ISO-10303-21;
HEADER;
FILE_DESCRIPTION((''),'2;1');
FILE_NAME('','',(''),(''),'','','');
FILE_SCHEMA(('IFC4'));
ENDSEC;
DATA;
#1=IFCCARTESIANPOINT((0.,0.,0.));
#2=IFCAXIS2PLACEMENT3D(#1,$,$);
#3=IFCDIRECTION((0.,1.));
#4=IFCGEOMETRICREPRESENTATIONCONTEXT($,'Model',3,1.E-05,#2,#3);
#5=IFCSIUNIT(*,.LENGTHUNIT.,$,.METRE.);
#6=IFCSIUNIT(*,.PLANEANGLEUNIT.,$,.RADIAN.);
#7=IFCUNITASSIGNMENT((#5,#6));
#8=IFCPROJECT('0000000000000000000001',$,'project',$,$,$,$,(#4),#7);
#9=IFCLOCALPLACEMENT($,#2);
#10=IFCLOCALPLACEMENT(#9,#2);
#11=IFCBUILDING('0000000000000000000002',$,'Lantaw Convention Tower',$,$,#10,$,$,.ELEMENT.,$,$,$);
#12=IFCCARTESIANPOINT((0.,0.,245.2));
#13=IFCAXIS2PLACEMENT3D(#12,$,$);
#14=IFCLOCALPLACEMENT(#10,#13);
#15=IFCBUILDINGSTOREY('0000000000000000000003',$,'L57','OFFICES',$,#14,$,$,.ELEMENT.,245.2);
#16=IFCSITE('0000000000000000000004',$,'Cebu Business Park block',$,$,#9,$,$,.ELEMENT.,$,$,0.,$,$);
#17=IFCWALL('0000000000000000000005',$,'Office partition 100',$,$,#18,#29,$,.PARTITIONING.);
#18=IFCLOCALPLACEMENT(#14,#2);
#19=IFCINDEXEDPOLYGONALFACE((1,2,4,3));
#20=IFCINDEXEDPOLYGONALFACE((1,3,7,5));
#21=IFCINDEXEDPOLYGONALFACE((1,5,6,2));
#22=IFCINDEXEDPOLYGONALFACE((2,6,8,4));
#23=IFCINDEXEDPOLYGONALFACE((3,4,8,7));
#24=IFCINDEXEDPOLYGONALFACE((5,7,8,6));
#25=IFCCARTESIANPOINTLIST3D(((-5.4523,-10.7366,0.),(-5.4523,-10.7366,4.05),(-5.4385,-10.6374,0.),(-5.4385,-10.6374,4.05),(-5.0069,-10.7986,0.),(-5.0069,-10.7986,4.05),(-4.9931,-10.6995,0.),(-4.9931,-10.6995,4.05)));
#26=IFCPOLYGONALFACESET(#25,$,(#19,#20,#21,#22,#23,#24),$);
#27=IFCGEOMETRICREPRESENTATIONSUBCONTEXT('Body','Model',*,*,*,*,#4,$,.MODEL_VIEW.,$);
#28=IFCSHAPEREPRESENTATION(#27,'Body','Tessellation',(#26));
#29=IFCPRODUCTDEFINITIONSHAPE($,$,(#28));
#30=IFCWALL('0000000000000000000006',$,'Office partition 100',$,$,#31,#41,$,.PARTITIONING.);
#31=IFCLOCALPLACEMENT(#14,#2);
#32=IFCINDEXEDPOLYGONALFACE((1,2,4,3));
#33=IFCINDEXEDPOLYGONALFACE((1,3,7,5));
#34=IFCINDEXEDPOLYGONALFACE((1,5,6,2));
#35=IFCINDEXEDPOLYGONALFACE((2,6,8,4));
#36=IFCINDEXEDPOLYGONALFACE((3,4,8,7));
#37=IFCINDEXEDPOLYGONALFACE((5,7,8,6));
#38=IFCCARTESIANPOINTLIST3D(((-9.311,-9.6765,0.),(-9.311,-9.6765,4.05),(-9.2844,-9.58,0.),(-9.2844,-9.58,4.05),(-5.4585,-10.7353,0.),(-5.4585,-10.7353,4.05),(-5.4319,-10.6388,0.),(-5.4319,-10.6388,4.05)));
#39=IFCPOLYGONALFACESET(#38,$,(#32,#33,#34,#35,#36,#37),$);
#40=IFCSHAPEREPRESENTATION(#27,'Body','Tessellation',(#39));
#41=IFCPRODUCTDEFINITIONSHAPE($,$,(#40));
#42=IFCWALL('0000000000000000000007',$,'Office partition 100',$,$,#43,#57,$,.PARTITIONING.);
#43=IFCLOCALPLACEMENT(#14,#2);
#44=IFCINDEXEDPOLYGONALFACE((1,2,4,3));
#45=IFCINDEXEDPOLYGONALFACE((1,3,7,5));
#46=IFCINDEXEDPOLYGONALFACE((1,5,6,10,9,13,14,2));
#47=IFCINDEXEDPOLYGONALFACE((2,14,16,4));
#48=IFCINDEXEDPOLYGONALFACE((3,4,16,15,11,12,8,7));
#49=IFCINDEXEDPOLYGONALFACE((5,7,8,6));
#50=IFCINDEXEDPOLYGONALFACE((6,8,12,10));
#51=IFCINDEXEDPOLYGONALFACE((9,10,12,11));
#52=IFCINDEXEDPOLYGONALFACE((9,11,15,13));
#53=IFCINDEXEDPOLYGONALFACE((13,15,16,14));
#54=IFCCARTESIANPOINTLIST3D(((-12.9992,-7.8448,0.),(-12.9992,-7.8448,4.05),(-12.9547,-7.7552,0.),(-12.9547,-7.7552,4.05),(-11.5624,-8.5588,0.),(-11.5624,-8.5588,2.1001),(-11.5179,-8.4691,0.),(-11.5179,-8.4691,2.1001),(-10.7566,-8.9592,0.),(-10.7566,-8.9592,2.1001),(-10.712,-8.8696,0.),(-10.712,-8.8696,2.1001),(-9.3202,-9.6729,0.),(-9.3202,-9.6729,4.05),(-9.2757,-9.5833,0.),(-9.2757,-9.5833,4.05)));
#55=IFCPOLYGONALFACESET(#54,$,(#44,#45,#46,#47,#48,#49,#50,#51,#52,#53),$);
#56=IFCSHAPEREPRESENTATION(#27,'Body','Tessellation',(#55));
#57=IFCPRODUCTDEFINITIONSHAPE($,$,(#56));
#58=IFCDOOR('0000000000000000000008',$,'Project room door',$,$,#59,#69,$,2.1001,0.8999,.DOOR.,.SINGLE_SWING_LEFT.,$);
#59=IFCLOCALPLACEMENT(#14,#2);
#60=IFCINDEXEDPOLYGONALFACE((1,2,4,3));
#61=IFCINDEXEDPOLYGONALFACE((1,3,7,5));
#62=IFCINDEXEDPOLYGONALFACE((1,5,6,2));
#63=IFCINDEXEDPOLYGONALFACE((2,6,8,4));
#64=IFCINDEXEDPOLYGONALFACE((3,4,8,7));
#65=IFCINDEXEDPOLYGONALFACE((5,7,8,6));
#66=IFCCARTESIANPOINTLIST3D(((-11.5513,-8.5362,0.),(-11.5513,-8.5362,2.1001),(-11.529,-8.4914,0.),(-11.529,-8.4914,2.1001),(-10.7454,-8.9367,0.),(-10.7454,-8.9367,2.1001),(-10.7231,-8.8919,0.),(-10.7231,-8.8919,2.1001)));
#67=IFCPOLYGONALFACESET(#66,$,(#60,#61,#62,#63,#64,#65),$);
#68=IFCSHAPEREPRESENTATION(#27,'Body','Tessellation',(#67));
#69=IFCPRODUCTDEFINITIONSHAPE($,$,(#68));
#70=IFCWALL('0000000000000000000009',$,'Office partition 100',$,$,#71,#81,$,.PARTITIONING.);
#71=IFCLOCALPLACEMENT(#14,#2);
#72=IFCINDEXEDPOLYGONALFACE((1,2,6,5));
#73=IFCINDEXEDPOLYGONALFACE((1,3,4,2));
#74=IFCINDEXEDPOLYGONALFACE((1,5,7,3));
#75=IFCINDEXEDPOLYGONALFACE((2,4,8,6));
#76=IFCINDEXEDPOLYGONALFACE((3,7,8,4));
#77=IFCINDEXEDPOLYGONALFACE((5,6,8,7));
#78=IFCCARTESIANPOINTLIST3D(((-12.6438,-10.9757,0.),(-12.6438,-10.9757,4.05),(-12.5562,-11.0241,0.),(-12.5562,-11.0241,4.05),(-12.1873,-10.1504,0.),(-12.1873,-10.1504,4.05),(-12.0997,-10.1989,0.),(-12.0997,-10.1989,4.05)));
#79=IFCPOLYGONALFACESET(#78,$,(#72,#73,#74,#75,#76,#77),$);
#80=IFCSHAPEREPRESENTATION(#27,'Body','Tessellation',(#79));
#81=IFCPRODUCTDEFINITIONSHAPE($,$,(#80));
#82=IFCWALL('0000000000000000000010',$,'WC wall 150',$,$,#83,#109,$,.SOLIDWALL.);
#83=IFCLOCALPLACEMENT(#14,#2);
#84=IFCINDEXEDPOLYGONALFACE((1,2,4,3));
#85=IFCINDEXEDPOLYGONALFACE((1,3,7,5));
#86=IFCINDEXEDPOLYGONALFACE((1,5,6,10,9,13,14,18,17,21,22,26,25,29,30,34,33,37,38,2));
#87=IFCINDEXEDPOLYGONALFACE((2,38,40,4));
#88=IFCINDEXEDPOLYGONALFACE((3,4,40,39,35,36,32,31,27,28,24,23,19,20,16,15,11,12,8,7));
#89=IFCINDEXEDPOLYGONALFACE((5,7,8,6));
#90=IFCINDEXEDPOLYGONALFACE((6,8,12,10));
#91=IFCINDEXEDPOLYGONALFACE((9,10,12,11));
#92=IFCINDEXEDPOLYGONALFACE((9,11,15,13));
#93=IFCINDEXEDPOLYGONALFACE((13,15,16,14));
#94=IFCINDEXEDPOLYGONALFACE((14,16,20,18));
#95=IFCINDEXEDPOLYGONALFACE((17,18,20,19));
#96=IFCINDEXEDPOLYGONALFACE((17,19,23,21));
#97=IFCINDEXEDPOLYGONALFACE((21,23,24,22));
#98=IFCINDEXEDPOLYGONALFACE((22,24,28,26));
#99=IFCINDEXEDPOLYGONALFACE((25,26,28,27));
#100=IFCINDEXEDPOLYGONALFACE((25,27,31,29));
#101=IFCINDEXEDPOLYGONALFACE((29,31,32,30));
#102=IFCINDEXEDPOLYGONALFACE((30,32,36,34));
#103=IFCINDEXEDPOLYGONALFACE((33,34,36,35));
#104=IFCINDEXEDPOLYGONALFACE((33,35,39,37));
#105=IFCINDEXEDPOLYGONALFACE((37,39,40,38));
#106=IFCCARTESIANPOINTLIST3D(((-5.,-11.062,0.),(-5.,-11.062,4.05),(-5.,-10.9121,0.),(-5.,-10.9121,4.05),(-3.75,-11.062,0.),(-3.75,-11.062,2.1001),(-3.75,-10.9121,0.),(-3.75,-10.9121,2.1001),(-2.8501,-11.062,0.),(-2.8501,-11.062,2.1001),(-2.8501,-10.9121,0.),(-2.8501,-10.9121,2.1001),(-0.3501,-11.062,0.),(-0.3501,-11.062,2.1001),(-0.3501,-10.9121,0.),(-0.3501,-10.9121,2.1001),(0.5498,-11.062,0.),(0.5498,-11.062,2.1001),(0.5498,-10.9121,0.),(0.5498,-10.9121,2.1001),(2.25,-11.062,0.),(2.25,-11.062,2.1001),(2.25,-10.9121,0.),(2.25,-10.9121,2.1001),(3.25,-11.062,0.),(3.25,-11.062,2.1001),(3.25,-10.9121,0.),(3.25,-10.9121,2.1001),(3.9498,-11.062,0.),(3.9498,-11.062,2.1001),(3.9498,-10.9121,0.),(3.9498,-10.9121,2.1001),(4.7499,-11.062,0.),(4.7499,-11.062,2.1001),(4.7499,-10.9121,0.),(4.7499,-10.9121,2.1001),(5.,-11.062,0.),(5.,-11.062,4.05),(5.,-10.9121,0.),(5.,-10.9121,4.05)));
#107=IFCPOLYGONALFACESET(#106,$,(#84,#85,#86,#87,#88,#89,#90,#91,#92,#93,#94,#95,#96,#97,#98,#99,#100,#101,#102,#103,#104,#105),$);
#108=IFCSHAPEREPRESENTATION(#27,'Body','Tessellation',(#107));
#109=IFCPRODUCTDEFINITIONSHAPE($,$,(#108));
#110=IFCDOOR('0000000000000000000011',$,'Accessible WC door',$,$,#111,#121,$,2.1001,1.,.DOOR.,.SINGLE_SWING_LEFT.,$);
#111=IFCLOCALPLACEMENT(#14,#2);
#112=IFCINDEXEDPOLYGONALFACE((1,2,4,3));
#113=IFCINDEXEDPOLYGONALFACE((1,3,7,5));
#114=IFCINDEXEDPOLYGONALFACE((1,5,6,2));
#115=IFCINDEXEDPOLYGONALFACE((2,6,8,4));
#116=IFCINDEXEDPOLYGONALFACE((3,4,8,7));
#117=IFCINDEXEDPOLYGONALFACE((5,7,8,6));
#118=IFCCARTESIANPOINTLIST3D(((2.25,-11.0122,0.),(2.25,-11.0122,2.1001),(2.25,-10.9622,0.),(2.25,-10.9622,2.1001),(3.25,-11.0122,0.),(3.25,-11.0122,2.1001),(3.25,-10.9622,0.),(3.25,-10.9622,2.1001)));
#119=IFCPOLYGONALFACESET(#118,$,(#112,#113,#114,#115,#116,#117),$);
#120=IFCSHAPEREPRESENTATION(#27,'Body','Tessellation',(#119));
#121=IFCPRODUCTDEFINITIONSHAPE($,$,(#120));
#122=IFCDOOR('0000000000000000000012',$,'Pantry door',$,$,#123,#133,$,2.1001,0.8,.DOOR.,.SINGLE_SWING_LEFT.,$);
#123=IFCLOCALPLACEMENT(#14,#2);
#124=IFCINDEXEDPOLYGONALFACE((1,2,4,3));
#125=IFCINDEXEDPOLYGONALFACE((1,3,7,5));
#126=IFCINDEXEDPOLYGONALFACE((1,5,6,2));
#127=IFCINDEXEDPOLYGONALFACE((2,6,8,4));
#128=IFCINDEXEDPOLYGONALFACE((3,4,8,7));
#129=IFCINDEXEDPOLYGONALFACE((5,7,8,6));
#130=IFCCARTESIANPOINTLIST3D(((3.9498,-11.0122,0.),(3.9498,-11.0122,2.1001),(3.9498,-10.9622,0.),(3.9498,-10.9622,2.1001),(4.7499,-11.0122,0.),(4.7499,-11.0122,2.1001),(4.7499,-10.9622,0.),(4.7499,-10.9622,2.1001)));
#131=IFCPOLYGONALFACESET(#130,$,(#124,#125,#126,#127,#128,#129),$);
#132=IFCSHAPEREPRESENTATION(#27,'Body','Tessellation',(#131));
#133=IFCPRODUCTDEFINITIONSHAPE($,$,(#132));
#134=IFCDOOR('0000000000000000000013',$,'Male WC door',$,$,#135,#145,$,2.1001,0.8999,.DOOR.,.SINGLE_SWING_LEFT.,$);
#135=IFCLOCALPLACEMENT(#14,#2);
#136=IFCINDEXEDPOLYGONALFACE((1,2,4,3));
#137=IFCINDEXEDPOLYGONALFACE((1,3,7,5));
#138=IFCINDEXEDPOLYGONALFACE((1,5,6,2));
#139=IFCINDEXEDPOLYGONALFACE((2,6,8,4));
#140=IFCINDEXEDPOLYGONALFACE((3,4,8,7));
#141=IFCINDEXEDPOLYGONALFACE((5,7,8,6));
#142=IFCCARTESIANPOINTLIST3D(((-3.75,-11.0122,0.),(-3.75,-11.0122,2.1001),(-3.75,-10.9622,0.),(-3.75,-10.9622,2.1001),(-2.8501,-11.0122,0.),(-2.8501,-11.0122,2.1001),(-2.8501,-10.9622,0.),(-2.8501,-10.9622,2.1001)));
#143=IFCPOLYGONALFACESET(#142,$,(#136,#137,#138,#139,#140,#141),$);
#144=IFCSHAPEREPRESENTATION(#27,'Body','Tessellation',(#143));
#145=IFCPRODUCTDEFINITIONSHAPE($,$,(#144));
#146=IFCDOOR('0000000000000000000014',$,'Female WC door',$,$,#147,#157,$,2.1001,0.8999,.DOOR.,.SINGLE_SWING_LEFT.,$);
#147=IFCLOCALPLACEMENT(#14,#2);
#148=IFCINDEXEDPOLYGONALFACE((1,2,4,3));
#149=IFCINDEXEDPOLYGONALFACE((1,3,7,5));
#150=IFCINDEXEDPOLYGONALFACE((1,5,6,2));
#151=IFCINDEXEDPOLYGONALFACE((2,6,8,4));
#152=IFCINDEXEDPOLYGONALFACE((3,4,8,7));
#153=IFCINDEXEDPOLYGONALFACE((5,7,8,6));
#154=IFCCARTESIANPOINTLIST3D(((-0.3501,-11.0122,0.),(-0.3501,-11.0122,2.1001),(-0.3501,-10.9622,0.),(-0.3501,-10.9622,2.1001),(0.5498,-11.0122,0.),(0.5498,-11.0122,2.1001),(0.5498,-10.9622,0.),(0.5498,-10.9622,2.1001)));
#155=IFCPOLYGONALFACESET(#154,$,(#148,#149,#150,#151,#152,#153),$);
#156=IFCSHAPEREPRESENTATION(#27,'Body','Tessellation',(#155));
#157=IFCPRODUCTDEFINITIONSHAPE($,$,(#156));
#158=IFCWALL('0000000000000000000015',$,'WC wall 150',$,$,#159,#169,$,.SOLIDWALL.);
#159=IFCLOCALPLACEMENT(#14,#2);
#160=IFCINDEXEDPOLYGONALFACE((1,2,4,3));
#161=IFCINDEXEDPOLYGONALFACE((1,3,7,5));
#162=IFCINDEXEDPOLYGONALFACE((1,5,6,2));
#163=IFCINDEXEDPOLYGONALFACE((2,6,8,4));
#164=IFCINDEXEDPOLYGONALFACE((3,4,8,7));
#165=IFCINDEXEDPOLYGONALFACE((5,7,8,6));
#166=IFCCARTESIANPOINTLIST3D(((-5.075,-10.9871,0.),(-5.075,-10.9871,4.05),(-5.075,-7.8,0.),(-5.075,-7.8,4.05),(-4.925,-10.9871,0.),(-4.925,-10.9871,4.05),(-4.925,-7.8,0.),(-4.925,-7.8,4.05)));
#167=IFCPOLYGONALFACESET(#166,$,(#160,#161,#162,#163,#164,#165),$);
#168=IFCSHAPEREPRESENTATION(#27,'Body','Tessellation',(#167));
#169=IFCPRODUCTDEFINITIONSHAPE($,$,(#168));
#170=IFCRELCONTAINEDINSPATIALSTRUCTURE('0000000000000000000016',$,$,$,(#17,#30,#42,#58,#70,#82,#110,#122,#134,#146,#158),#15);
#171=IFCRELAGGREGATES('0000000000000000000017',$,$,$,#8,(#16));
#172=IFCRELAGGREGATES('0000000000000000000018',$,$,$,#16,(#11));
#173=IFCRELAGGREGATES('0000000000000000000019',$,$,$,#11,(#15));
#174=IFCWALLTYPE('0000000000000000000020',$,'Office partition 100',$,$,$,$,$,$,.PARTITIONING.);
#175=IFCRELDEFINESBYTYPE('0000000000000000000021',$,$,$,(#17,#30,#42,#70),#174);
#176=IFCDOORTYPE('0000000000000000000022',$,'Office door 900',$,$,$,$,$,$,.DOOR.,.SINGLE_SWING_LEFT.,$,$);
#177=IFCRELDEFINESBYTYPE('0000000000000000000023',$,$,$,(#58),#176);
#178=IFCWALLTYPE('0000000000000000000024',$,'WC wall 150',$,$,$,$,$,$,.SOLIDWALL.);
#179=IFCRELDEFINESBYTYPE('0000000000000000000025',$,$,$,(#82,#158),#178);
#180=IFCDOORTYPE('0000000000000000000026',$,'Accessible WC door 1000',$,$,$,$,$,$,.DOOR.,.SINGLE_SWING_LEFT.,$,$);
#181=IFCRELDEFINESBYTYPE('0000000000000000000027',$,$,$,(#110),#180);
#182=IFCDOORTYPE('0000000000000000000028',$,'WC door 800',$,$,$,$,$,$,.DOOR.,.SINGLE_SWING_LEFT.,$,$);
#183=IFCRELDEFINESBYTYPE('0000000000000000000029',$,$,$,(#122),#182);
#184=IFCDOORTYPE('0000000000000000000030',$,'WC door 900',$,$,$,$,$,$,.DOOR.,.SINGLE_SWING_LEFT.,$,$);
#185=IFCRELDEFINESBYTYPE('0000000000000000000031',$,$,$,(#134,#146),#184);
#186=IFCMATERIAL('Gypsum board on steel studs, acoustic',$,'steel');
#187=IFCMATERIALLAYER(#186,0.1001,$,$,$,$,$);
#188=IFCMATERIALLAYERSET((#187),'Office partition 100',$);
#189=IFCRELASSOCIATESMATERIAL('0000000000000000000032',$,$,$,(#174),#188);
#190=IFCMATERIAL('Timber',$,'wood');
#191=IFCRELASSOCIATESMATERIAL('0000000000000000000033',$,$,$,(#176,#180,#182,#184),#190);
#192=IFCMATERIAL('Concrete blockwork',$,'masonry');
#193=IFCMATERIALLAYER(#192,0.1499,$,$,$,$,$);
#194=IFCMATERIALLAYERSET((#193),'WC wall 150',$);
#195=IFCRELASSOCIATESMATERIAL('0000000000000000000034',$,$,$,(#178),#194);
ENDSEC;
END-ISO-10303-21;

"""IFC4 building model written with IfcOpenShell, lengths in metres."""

from ifc_helpers import new_model, si_unit, direction, frame, frame_2d, origin, place, context, subcontext, project, spatial, rectangle, extrude, material, layer, layer_set, type_object, element, fill, save


model = new_model("IFC4")

# Units and contexts
model_context = context("Model", 3, precision=1e-05, world=origin(), true_north=direction((0.0, 1.0)))
body_context = subcontext(model_context, "Body", "Model", "MODEL_VIEW")
ifc_project = project(units=[si_unit("LENGTHUNIT", "METRE"), si_unit("PLANEANGLEUNIT", "RADIAN")], contexts=[model_context])

# Site, building, storey
site_placement = place(None, origin())
site = spatial("IfcSite", under=ifc_project, at=site_placement, Name="Cebu Business Park block", CompositionType="ELEMENT", RefElevation=0.0)
building_placement = place(site_placement, origin())
building = spatial("IfcBuilding", under=site, at=building_placement, Name="Lantaw Convention Tower", CompositionType="ELEMENT")
storey_placement = place(building_placement, frame((0.0, 0.0, 245.2)))
storey = spatial("IfcBuildingStorey", under=building, at=storey_placement, Name="L57", Description="OFFICES", CompositionType="ELEMENT", Elevation=245.2)

# Walls
ifc_material_1 = material(Name="Gypsum board on steel studs, acoustic", Category="steel")
ifc_layer_1 = layer(ifc_material_1, 0.1001)
ifc_layer_set_1 = layer_set([ifc_layer_1], Name="Office partition 100")
wall_type_1 = type_object("IfcWallType", Name="Office partition 100", PredefinedType="PARTITIONING", material=ifc_layer_set_1)
wall_1_placement = place(storey_placement, frame((-5.0, -10.749, 0.0), z_axis=(0.0, 0.0, 1.0), x_axis=(-0.990443, 0.137924, 0.0)))
element("IfcWall", 1, at=wall_1_placement, inside=storey, type_object=wall_type_1, Name="Office partition 100", PredefinedType="PARTITIONING", context=body_context, shape_type="SweptSolid", body=[
    extrude(rectangle(XDim=0.4497, YDim=0.1001, at=frame_2d((0.2249, 0.0))), origin(), (0.0, 0.0, 1.0), 4.05),
])
wall_2_placement = place(storey_placement, frame((-5.4453, -10.687, 0.0), z_axis=(0.0, 0.0, 1.0), x_axis=(-0.964244, 0.265014, 0.0)))
element("IfcWall", 2, at=wall_2_placement, inside=storey, type_object=wall_type_1, Name="Office partition 100", PredefinedType="PARTITIONING", context=body_context, shape_type="SweptSolid", body=[
    extrude(rectangle(XDim=3.9954, YDim=0.1001, at=frame_2d((1.9976, 0.0))), origin(), (0.0, 0.0, 1.0), 4.05),
])

# Wall, opening, door
wall_3_placement = place(storey_placement, frame((-9.2979, -9.6282, 0.0), z_axis=(0.0, 0.0, 1.0), x_axis=(-0.89553, 0.445001, 0.0)))
wall_3 = element("IfcWall", 3, at=wall_3_placement, inside=storey, type_object=wall_type_1, Name="Office partition 100", PredefinedType="PARTITIONING", context=body_context, shape_type="SweptSolid", body=[
    extrude(rectangle(XDim=4.1082, YDim=0.1001, at=frame_2d((2.0542, 0.0))), origin(), (0.0, 0.0, 1.0), 4.05),
])
opening_1_placement = place(wall_3_placement, frame((1.604, 0.0, 0.0)))
opening_1 = element("IfcOpeningElement", 4, at=opening_1_placement, cuts=wall_3, PredefinedType="OPENING", context=body_context, shape_type="SweptSolid", body=[
    extrude(rectangle(XDim=0.8999, YDim=2.1001, at=frame_2d((0.45, 1.05))), frame((0.0, 0.0601, 0.0), z_axis=(0.0, -1.0, 0.0), x_axis=(1.0, 0.0, 0.0)), (0.0, 0.0, 1.0), 0.1201),
])
ifc_material_2 = material(Name="Timber", Category="wood")
door_type_1 = type_object("IfcDoorType", Name="Office door 900", OperationType="SINGLE_SWING_LEFT", PredefinedType="DOOR", material=ifc_material_2)
door_1_placement = place(opening_1_placement, origin())
door_1 = element("IfcDoor", 5, at=door_1_placement, inside=storey, type_object=door_type_1, Name="Project room door", OperationType="SINGLE_SWING_LEFT", OverallHeight=2.1001, OverallWidth=0.8999, PredefinedType="DOOR", context=body_context, shape_type="SweptSolid", body=[
    extrude(rectangle(XDim=0.8999, YDim=2.1001, at=frame_2d((0.45, 1.05))), frame((0.0, 0.0249, 0.0), z_axis=(0.0, -1.0, 0.0), x_axis=(1.0, 0.0, 0.0)), (0.0, 0.0, 1.0), 0.05),
])
fill(opening_1, door_1)

# Wall
wall_4_placement = place(storey_placement, frame((-12.6001, -11.0, 0.0), z_axis=(0.0, 0.0, 1.0), x_axis=(0.484104, 0.875011, 0.0)))
element("IfcWall", 6, at=wall_4_placement, inside=storey, type_object=wall_type_1, Name="Office partition 100", PredefinedType="PARTITIONING", context=body_context, shape_type="SweptSolid", body=[
    extrude(rectangle(XDim=0.9431, YDim=0.1001, at=frame_2d((0.4717, 0.0))), origin(), (0.0, 0.0, 1.0), 4.05),
])

# Wall, openings, doors
ifc_material_3 = material(Name="Concrete blockwork", Category="masonry")
ifc_layer_2 = layer(ifc_material_3, 0.1499)
ifc_layer_set_2 = layer_set([ifc_layer_2], Name="WC wall 150")
wall_type_2 = type_object("IfcWallType", Name="WC wall 150", PredefinedType="SOLIDWALL", material=ifc_layer_set_2)
wall_5_placement = place(storey_placement, frame((-5.0, -10.9871, 0.0), z_axis=(0.0, 0.0, 1.0), x_axis=(1.0, 0.0, 0.0)))
wall_5 = element("IfcWall", 7, at=wall_5_placement, inside=storey, type_object=wall_type_2, Name="WC wall 150", PredefinedType="SOLIDWALL", context=body_context, shape_type="SweptSolid", body=[
    extrude(rectangle(XDim=10.0, YDim=0.1499, at=frame_2d((5.0, 0.0))), origin(), (0.0, 0.0, 1.0), 4.05),
])
opening_2_placement = place(wall_5_placement, frame((1.25, 0.0, 0.0)))
opening_2 = element("IfcOpeningElement", 8, at=opening_2_placement, cuts=wall_5, PredefinedType="OPENING", context=body_context, shape_type="SweptSolid", body=[
    extrude(rectangle(XDim=0.8999, YDim=2.1001, at=frame_2d((0.45, 1.05))), frame((0.0, 0.085, 0.0), z_axis=(0.0, -1.0, 0.0), x_axis=(1.0, 0.0, 0.0)), (0.0, 0.0, 1.0), 0.1699),
])
opening_3_placement = place(wall_5_placement, frame((4.6499, 0.0, 0.0)))
opening_3 = element("IfcOpeningElement", 9, at=opening_3_placement, cuts=wall_5, PredefinedType="OPENING", context=body_context, shape_type="SweptSolid", body=[
    extrude(rectangle(XDim=0.8999, YDim=2.1001, at=frame_2d((0.45, 1.05))), frame((0.0, 0.085, 0.0), z_axis=(0.0, -1.0, 0.0), x_axis=(1.0, 0.0, 0.0)), (0.0, 0.0, 1.0), 0.1699),
])
opening_4_placement = place(wall_5_placement, frame((7.25, 0.0, 0.0)))
opening_4 = element("IfcOpeningElement", 10, at=opening_4_placement, cuts=wall_5, PredefinedType="OPENING", context=body_context, shape_type="SweptSolid", body=[
    extrude(rectangle(XDim=1.0, YDim=2.1001, at=frame_2d((0.5, 1.05))), frame((0.0, 0.085, 0.0), z_axis=(0.0, -1.0, 0.0), x_axis=(1.0, 0.0, 0.0)), (0.0, 0.0, 1.0), 0.1699),
])
opening_5_placement = place(wall_5_placement, frame((8.95, 0.0, 0.0)))
opening_5 = element("IfcOpeningElement", 11, at=opening_5_placement, cuts=wall_5, PredefinedType="OPENING", context=body_context, shape_type="SweptSolid", body=[
    extrude(rectangle(XDim=0.8, YDim=2.1001, at=frame_2d((0.3999, 1.05))), frame((0.0, 0.085, 0.0), z_axis=(0.0, -1.0, 0.0), x_axis=(1.0, 0.0, 0.0)), (0.0, 0.0, 1.0), 0.1699),
])
door_type_2 = type_object("IfcDoorType", Name="Accessible WC door 1000", OperationType="SINGLE_SWING_LEFT", PredefinedType="DOOR", material=ifc_material_2)
door_2_placement = place(opening_4_placement, origin())
door_2 = element("IfcDoor", 12, at=door_2_placement, inside=storey, type_object=door_type_2, Name="Accessible WC door", OperationType="SINGLE_SWING_LEFT", OverallHeight=2.1001, OverallWidth=1.0, PredefinedType="DOOR", context=body_context, shape_type="SweptSolid", body=[
    extrude(rectangle(XDim=1.0, YDim=2.1001, at=frame_2d((0.5, 1.05))), frame((0.0, 0.0249, 0.0), z_axis=(0.0, -1.0, 0.0), x_axis=(1.0, 0.0, 0.0)), (0.0, 0.0, 1.0), 0.05),
])
fill(opening_4, door_2)
door_type_3 = type_object("IfcDoorType", Name="WC door 800", OperationType="SINGLE_SWING_LEFT", PredefinedType="DOOR", material=ifc_material_2)
door_3_placement = place(opening_5_placement, origin())
door_3 = element("IfcDoor", 13, at=door_3_placement, inside=storey, type_object=door_type_3, Name="Pantry door", OperationType="SINGLE_SWING_LEFT", OverallHeight=2.1001, OverallWidth=0.8, PredefinedType="DOOR", context=body_context, shape_type="SweptSolid", body=[
    extrude(rectangle(XDim=0.8, YDim=2.1001, at=frame_2d((0.3999, 1.05))), frame((0.0, 0.0249, 0.0), z_axis=(0.0, -1.0, 0.0), x_axis=(1.0, 0.0, 0.0)), (0.0, 0.0, 1.0), 0.05),
])
fill(opening_5, door_3)
door_type_4 = type_object("IfcDoorType", Name="WC door 900", OperationType="SINGLE_SWING_LEFT", PredefinedType="DOOR", material=ifc_material_2)
door_4_placement = place(opening_2_placement, origin())
door_4 = element("IfcDoor", 14, at=door_4_placement, inside=storey, type_object=door_type_4, Name="Male WC door", OperationType="SINGLE_SWING_LEFT", OverallHeight=2.1001, OverallWidth=0.8999, PredefinedType="DOOR", context=body_context, shape_type="SweptSolid", body=[
    extrude(rectangle(XDim=0.8999, YDim=2.1001, at=frame_2d((0.45, 1.05))), frame((0.0, 0.0249, 0.0), z_axis=(0.0, -1.0, 0.0), x_axis=(1.0, 0.0, 0.0)), (0.0, 0.0, 1.0), 0.05),
])
fill(opening_2, door_4)
door_5_placement = place(opening_3_placement, origin())
door_5 = element("IfcDoor", 15, at=door_5_placement, inside=storey, type_object=door_type_4, Name="Female WC door", OperationType="SINGLE_SWING_LEFT", OverallHeight=2.1001, OverallWidth=0.8999, PredefinedType="DOOR", context=body_context, shape_type="SweptSolid", body=[
    extrude(rectangle(XDim=0.8999, YDim=2.1001, at=frame_2d((0.45, 1.05))), frame((0.0, 0.0249, 0.0), z_axis=(0.0, -1.0, 0.0), x_axis=(1.0, 0.0, 0.0)), (0.0, 0.0, 1.0), 0.05),
])
fill(opening_3, door_5)

# Wall
for number, where, z_axis, x_axis, name in (
    (16, (-5.0, -7.8, 0.0), (0.0, 0.0, 1.0), (0.0, -1.0, 0.0), "WC wall 150"),
):
    element("IfcWall", number, at=place(storey_placement, frame(where, z_axis=z_axis, x_axis=x_axis)), inside=storey, type_object=wall_type_2, Name=name, PredefinedType="SOLIDWALL", context=body_context, shape_type="SweptSolid", body=[
        extrude(rectangle(XDim=3.187, YDim=0.1499, at=frame_2d((1.5935, 0.0))), origin(), (0.0, 0.0, 1.0), 4.05),
    ])

save(model, "model.ifc")
